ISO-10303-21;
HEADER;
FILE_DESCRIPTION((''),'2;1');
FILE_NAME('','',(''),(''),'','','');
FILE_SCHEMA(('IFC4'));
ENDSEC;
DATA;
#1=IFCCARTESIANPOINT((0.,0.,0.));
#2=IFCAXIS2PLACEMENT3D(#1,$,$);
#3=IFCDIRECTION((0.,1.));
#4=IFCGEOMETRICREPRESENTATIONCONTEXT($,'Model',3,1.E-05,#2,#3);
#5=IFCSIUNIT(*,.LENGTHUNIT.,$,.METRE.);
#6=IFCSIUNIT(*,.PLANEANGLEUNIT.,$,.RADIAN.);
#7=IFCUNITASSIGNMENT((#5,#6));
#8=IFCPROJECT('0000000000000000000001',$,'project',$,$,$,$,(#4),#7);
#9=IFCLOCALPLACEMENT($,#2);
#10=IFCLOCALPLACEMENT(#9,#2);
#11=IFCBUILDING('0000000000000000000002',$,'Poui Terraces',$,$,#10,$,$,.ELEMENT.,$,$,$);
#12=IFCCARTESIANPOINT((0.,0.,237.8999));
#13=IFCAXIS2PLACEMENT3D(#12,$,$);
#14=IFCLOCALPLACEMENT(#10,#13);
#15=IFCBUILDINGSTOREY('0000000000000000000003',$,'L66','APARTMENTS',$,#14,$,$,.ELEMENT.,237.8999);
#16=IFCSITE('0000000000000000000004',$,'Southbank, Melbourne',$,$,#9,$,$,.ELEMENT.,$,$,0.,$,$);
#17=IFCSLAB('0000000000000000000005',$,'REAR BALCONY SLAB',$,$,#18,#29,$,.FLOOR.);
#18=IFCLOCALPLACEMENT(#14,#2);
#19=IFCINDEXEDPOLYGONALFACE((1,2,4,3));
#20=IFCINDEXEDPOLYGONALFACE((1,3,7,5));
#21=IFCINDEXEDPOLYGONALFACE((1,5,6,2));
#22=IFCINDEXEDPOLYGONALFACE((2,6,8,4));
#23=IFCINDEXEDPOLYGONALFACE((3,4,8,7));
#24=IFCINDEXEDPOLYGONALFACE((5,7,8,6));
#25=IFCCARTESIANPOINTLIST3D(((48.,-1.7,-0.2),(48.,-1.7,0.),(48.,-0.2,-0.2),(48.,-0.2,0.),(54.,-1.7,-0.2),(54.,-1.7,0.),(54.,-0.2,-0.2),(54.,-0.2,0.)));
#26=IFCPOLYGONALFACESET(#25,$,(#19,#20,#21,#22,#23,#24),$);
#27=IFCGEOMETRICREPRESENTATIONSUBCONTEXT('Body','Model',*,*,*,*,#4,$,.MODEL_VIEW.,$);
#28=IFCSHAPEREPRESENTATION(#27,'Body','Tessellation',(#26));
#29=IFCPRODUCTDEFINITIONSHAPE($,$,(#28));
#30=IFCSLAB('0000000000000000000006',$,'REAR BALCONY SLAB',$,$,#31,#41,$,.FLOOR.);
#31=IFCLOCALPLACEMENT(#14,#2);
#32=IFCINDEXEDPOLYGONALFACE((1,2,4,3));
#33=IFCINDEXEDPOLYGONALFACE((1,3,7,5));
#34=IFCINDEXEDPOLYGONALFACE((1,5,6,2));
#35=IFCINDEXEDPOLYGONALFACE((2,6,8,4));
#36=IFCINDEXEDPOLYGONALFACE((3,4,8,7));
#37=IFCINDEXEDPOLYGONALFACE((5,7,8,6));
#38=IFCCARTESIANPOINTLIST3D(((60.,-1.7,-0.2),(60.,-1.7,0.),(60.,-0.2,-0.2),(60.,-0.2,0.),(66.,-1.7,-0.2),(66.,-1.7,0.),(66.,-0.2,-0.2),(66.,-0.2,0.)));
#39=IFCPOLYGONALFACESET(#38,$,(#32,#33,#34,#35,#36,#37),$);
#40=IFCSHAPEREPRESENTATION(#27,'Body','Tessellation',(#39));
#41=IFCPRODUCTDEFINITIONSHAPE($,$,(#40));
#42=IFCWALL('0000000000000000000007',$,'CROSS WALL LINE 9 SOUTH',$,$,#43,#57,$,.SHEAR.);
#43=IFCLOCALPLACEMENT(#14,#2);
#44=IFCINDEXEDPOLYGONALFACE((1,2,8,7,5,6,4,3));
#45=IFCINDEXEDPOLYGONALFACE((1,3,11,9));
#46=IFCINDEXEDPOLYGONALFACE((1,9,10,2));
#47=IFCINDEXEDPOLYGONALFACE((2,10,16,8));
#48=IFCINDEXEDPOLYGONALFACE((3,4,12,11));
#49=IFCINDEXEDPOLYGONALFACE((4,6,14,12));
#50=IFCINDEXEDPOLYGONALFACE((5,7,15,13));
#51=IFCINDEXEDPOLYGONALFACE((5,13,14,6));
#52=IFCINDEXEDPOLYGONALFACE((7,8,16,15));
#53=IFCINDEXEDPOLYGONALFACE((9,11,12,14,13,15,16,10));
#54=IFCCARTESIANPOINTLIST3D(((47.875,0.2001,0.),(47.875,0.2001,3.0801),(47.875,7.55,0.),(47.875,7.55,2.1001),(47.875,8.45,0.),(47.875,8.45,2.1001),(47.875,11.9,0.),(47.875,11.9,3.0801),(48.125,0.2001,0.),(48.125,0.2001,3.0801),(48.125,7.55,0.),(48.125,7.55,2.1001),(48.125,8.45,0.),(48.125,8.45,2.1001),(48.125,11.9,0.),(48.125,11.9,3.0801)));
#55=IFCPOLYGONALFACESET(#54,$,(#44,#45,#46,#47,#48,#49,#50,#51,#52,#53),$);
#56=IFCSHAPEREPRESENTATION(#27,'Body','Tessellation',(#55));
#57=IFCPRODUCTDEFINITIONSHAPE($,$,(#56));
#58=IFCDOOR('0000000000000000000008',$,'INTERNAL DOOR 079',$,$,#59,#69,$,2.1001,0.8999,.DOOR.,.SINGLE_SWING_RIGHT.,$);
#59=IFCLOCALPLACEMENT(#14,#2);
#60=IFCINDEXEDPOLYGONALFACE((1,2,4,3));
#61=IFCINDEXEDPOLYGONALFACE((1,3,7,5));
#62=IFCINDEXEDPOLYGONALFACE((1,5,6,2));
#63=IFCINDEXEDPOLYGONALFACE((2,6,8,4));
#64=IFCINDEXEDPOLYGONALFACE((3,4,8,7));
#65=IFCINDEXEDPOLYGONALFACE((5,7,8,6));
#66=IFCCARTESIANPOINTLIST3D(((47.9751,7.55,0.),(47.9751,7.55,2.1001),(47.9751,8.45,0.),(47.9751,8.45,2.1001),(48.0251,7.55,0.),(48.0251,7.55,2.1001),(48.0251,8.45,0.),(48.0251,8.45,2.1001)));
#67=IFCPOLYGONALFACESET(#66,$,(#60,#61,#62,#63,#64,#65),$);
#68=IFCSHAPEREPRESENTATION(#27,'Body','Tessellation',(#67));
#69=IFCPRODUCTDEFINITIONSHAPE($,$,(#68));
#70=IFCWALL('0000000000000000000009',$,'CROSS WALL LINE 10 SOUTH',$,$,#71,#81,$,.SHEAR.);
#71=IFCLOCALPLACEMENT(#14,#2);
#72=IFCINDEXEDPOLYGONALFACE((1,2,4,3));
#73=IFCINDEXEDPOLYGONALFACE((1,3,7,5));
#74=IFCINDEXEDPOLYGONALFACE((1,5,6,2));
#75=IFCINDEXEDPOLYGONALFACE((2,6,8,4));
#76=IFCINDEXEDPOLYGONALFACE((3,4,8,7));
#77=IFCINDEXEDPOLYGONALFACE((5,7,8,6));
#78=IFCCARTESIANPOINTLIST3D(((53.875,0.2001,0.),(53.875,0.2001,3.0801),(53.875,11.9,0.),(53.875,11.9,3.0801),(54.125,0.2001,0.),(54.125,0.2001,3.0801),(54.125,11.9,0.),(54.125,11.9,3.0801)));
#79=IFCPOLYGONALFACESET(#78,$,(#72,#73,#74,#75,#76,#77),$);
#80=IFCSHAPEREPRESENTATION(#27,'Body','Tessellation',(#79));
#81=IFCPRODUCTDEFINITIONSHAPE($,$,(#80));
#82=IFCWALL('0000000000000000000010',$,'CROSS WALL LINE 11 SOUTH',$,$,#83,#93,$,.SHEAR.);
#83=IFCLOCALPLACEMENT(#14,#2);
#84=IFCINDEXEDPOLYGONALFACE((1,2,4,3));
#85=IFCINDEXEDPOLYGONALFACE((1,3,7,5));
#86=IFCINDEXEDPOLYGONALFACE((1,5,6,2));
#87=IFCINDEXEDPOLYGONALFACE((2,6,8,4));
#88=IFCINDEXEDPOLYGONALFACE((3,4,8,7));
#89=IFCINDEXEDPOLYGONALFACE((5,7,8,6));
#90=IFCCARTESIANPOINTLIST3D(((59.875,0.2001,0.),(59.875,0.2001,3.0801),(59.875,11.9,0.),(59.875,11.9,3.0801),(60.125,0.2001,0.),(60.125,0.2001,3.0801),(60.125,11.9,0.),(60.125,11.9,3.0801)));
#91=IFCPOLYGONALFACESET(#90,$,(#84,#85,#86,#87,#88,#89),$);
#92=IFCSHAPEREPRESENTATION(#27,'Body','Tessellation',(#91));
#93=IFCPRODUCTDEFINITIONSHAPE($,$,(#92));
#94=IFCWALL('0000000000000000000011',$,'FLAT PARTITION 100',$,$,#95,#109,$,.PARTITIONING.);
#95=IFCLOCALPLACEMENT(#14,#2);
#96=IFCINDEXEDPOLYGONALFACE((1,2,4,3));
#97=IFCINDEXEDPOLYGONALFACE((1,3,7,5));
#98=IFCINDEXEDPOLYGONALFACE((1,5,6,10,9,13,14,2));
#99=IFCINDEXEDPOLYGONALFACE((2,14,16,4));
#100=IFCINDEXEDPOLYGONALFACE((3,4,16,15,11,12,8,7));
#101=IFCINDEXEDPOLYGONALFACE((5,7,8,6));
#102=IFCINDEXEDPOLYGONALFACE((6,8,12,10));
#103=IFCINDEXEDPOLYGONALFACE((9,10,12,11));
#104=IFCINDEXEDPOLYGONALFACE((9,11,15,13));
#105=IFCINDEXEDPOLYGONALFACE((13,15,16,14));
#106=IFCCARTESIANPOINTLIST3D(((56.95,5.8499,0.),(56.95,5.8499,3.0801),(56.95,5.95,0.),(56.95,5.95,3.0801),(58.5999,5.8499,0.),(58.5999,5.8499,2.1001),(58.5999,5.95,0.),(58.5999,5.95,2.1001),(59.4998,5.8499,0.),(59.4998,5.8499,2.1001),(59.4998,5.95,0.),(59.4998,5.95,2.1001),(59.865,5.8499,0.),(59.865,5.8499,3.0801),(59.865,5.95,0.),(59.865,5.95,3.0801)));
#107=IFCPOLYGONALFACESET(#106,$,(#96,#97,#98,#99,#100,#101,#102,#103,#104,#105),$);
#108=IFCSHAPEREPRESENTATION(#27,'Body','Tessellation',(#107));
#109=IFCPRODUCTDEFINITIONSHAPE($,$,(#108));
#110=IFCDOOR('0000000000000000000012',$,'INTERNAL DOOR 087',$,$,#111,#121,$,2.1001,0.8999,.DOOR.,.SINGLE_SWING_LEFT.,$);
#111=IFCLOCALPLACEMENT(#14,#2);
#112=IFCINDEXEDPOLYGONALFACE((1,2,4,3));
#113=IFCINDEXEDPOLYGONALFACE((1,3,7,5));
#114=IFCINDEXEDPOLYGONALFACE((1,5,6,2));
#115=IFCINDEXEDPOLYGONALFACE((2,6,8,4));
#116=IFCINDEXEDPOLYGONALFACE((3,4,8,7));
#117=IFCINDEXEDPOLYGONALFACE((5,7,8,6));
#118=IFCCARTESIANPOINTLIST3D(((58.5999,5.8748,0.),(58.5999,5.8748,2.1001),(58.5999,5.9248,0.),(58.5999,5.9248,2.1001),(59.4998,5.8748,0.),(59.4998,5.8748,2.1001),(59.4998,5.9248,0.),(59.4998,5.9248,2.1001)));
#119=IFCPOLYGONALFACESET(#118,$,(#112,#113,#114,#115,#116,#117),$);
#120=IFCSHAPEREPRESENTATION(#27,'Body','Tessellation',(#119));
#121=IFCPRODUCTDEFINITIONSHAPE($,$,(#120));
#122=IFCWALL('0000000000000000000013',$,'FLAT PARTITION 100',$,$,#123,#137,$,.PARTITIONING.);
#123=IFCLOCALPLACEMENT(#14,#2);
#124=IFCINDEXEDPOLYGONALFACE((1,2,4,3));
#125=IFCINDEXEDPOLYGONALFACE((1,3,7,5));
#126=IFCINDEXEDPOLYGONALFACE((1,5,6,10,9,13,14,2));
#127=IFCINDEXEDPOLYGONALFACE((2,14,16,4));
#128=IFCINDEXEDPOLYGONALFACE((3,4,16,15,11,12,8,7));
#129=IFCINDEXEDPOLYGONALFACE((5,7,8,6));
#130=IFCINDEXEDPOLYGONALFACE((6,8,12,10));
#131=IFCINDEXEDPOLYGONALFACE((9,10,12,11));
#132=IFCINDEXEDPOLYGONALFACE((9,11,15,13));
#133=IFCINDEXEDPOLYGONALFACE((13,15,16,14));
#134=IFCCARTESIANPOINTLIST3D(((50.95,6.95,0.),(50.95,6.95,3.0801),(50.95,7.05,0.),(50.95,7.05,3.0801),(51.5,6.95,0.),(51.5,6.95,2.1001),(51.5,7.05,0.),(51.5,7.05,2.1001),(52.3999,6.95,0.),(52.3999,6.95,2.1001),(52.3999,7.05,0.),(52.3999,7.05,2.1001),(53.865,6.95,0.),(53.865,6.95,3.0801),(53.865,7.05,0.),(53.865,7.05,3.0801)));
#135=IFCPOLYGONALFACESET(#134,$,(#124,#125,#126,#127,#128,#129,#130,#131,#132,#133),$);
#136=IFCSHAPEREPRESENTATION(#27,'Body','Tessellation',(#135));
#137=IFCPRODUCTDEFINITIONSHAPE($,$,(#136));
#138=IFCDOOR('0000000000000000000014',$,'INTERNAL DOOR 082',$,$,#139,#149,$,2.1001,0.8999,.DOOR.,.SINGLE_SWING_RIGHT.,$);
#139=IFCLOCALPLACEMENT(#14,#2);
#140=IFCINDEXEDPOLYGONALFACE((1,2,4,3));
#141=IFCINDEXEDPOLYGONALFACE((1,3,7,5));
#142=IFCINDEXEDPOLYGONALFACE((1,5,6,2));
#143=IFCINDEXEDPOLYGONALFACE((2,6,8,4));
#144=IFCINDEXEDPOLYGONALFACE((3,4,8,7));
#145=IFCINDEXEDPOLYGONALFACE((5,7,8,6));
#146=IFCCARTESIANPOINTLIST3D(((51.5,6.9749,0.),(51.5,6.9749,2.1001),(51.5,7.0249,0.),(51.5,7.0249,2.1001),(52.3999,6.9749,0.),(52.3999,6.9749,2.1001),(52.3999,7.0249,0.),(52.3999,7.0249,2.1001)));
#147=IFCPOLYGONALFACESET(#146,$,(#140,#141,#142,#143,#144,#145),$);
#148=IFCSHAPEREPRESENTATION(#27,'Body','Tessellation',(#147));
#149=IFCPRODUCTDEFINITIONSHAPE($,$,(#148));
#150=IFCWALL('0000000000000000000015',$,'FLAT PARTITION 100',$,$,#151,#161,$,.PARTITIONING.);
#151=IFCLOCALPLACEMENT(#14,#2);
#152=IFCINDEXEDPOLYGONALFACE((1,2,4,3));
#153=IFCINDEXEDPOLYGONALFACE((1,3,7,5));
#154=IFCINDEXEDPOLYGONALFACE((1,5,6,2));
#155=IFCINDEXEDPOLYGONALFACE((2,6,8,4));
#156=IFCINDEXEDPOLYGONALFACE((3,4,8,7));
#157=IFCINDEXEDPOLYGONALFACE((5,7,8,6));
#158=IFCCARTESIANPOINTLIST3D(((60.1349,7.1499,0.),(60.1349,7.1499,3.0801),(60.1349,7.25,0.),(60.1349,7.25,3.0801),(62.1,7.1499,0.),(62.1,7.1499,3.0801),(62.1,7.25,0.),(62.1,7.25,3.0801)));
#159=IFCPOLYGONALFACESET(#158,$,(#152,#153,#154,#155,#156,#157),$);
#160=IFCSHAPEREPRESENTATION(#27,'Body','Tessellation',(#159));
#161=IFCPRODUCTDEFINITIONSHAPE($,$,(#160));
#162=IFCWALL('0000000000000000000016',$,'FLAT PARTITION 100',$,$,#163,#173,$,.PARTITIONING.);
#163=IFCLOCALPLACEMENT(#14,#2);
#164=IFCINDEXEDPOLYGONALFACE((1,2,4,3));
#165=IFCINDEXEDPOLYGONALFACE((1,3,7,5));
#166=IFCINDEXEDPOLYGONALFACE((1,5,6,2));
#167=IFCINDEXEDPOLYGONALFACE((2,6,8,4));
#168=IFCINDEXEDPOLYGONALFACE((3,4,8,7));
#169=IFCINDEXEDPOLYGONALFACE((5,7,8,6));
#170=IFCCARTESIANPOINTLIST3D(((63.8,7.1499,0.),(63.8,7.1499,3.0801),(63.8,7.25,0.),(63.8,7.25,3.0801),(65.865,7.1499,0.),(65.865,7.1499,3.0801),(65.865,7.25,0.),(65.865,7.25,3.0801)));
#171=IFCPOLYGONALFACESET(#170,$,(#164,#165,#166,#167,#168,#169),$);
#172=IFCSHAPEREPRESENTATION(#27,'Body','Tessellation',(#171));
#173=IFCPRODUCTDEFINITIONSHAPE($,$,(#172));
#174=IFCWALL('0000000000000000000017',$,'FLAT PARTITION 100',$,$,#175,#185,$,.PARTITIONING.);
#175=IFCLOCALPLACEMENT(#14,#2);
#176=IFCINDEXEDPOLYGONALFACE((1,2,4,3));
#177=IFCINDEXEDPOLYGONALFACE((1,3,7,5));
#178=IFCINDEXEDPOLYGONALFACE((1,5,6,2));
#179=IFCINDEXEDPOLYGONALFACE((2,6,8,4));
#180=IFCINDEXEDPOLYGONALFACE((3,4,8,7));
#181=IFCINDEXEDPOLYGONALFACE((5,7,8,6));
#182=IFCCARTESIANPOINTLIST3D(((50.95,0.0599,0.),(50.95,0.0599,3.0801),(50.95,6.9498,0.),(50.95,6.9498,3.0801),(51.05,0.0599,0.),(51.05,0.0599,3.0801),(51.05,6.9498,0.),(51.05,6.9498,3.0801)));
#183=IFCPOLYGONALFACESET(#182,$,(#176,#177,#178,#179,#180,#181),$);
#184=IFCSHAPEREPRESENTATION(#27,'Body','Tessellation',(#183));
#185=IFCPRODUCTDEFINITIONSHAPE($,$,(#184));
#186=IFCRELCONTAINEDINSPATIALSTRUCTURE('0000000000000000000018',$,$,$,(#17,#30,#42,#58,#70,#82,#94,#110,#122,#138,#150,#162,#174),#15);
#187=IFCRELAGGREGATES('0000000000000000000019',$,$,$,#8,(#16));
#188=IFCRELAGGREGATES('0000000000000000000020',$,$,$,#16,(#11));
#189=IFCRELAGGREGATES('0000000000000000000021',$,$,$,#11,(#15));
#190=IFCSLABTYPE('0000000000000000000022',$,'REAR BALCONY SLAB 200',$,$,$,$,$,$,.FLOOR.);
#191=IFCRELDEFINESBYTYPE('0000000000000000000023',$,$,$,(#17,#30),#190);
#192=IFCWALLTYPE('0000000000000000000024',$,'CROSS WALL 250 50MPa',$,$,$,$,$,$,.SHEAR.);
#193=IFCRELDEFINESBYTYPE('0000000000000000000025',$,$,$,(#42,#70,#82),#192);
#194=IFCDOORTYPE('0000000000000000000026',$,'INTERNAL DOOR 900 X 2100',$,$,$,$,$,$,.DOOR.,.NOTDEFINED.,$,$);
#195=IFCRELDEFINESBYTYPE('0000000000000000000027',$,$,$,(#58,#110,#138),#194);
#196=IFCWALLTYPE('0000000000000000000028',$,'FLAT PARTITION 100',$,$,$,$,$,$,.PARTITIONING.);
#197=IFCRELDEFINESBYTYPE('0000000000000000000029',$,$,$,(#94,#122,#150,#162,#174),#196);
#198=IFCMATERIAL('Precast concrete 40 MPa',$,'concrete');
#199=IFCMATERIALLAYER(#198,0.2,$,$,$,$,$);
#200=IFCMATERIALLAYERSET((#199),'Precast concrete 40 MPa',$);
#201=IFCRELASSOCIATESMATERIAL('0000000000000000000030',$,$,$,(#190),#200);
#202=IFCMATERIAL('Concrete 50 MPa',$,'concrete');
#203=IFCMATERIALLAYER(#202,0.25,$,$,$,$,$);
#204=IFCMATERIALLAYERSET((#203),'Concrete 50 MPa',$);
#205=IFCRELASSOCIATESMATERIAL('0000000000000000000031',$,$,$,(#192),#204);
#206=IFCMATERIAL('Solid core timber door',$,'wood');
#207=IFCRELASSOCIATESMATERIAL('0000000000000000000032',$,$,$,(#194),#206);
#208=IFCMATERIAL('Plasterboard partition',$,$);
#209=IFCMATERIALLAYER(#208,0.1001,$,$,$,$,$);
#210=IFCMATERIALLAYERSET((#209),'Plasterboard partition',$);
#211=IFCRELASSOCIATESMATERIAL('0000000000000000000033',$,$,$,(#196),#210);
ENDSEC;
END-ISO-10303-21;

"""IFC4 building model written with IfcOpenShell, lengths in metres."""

from ifc_helpers import new_model, si_unit, direction, frame, frame_2d, origin, place, context, subcontext, project, spatial, polyline, rectangle, outline, extrude, source, transform, mapped, material, layer, layer_set, type_object, element, fill, save


model = new_model("IFC4")

# Units and contexts
model_context = context("Model", 3, precision=1e-05, world=origin(), true_north=direction((0.0, 1.0)))
body_context = subcontext(model_context, "Body", "Model", "MODEL_VIEW")
ifc_project = project(units=[si_unit("LENGTHUNIT", "METRE"), si_unit("PLANEANGLEUNIT", "RADIAN")], contexts=[model_context])

# Site, building, storey
site_placement = place(None, origin())
site = spatial("IfcSite", under=ifc_project, at=site_placement, Name="Southbank, Melbourne", CompositionType="ELEMENT", RefElevation=0.0)
building_placement = place(site_placement, origin())
building = spatial("IfcBuilding", under=site, at=building_placement, Name="Poui Terraces", CompositionType="ELEMENT")
storey_placement = place(building_placement, frame((0.0, 0.0, 237.8999)))
storey = spatial("IfcBuildingStorey", under=building, at=storey_placement, Name="L66", Description="APARTMENTS", CompositionType="ELEMENT", Elevation=237.8999)

# Slabs
ifc_material_1 = material(Name="Precast concrete 40 MPa", Category="concrete")
ifc_layer_1 = layer(ifc_material_1, 0.2)
ifc_layer_set_1 = layer_set([ifc_layer_1], Name="Precast concrete 40 MPa")
slab_type = type_object("IfcSlabType", Name="REAR BALCONY SLAB 200", PredefinedType="FLOOR", material=ifc_layer_set_1)
shared_shape_1 = source(origin(), body_context, "Body", "SweptSolid", [
    extrude(outline(polyline([(0.0, 0.0), (6.0, 0.0), (6.0, 1.5), (0.0, 1.5), (0.0, 0.0)])), origin(), (0.0, 0.0, 1.0), 0.2),
])
for number, where, name in (
    (1, (48.0, -1.7, -0.2), "REAR BALCONY SLAB"),
    (2, (60.0, -1.7, -0.2), "REAR BALCONY SLAB"),
):
    element("IfcSlab", number, at=place(storey_placement, frame(where)), inside=storey, type_object=slab_type, Name=name, PredefinedType="FLOOR", context=body_context, shape_type="MappedRepresentation", body=[
        mapped(shared_shape_1, transform((0.0, 0.0, 0.0))),
    ])

# Wall, opening, door
ifc_material_2 = material(Name="Concrete 50 MPa", Category="concrete")
ifc_layer_2 = layer(ifc_material_2, 0.25)
ifc_layer_set_2 = layer_set([ifc_layer_2], Name="Concrete 50 MPa")
wall_type_1 = type_object("IfcWallType", Name="CROSS WALL 250 50MPa", PredefinedType="SHEAR", material=ifc_layer_set_2)
wall_1_placement = place(storey_placement, frame((48.0, 0.2, 0.0), z_axis=(0.0, 0.0, 1.0), x_axis=(0.0, 1.0, 0.0)))
wall_1 = element("IfcWall", 3, at=wall_1_placement, inside=storey, type_object=wall_type_1, Name="CROSS WALL LINE 9 SOUTH", PredefinedType="SHEAR", context=body_context, shape_type="SweptSolid", body=[
    extrude(rectangle(XDim=11.7, YDim=0.25, at=frame_2d((5.8501, 0.0))), origin(), (0.0, 0.0, 1.0), 3.0801),
])
opening_1_placement = place(wall_1_placement, frame((7.3501, 0.0, 0.0)))
opening_1 = element("IfcOpeningElement", 4, at=opening_1_placement, cuts=wall_1, PredefinedType="OPENING", context=body_context, shape_type="SweptSolid", body=[
    extrude(rectangle(XDim=0.8999, YDim=2.1001, at=frame_2d((0.45, 1.05))), frame((0.0, 0.135, 0.0), z_axis=(0.0, -1.0, 0.0), x_axis=(1.0, 0.0, 0.0)), (0.0, 0.0, 1.0), 0.27),
])
ifc_material_3 = material(Name="Solid core timber door", Category="wood")
door_type_1 = type_object("IfcDoorType", Name="INTERNAL DOOR 900 X 2100", OperationType="NOTDEFINED", PredefinedType="DOOR", material=ifc_material_3)
door_1_placement = place(opening_1_placement, origin())
door_1 = element("IfcDoor", 5, at=door_1_placement, inside=storey, type_object=door_type_1, Name="INTERNAL DOOR 079", OperationType="SINGLE_SWING_RIGHT", OverallHeight=2.1001, OverallWidth=0.8999, PredefinedType="DOOR", context=body_context, shape_type="SweptSolid", body=[
    extrude(rectangle(XDim=0.8999, YDim=2.1001, at=frame_2d((0.45, 1.05))), frame((0.0, 0.0249, 0.0), z_axis=(0.0, -1.0, 0.0), x_axis=(1.0, 0.0, 0.0)), (0.0, 0.0, 1.0), 0.05),
])
fill(opening_1, door_1)

# Walls
for number, where, z_axis, x_axis, name in (
    (6, (54.0, 0.2, 0.0), (0.0, 0.0, 1.0), (0.0, 1.0, 0.0), "CROSS WALL LINE 10 SOUTH"),
    (7, (60.0, 0.2, 0.0), (0.0, 0.0, 1.0), (0.0, 1.0, 0.0), "CROSS WALL LINE 11 SOUTH"),
):
    element("IfcWall", number, at=place(storey_placement, frame(where, z_axis=z_axis, x_axis=x_axis)), inside=storey, type_object=wall_type_1, Name=name, PredefinedType="SHEAR", context=body_context, shape_type="SweptSolid", body=[
        extrude(rectangle(XDim=11.7, YDim=0.25, at=frame_2d((5.8501, 0.0))), origin(), (0.0, 0.0, 1.0), 3.0801),
    ])

# Walls, openings, doors
ifc_material_4 = material(Name="Plasterboard partition")
ifc_layer_3 = layer(ifc_material_4, 0.1001)
ifc_layer_set_3 = layer_set([ifc_layer_3], Name="Plasterboard partition")
wall_type_2 = type_object("IfcWallType", Name="FLAT PARTITION 100", PredefinedType="PARTITIONING", material=ifc_layer_set_3)
wall_2_placement = place(storey_placement, frame((56.95, 5.8999, 0.0), z_axis=(0.0, 0.0, 1.0), x_axis=(1.0, 0.0, 0.0)))
wall_2 = element("IfcWall", 8, at=wall_2_placement, inside=storey, type_object=wall_type_2, Name="FLAT PARTITION 100", PredefinedType="PARTITIONING", context=body_context, shape_type="SweptSolid", body=[
    extrude(rectangle(XDim=2.915, YDim=0.1001, at=frame_2d((1.4575, 0.0))), origin(), (0.0, 0.0, 1.0), 3.0801),
])
opening_2_placement = place(wall_2_placement, frame((1.6499, 0.0, 0.0)))
opening_2 = element("IfcOpeningElement", 9, at=opening_2_placement, cuts=wall_2, PredefinedType="OPENING", context=body_context, shape_type="SweptSolid", body=[
    extrude(rectangle(XDim=0.8999, YDim=2.1001, at=frame_2d((0.45, 1.05))), frame((0.0, 0.0601, 0.0), z_axis=(0.0, -1.0, 0.0), x_axis=(1.0, 0.0, 0.0)), (0.0, 0.0, 1.0), 0.1201),
])
door_2_placement = place(opening_2_placement, origin())
door_2 = element("IfcDoor", 10, at=door_2_placement, inside=storey, type_object=door_type_1, Name="INTERNAL DOOR 087", OperationType="SINGLE_SWING_LEFT", OverallHeight=2.1001, OverallWidth=0.8999, PredefinedType="DOOR", context=body_context, shape_type="SweptSolid", body=[
    extrude(rectangle(XDim=0.8999, YDim=2.1001, at=frame_2d((0.45, 1.05))), frame((0.0, 0.0249, 0.0), z_axis=(0.0, -1.0, 0.0), x_axis=(1.0, 0.0, 0.0)), (0.0, 0.0, 1.0), 0.05),
])
fill(opening_2, door_2)
wall_3_placement = place(storey_placement, frame((50.95, 7.0, 0.0), z_axis=(0.0, 0.0, 1.0), x_axis=(1.0, 0.0, 0.0)))
wall_3 = element("IfcWall", 11, at=wall_3_placement, inside=storey, type_object=wall_type_2, Name="FLAT PARTITION 100", PredefinedType="PARTITIONING", context=body_context, shape_type="SweptSolid", body=[
    extrude(rectangle(XDim=2.915, YDim=0.1001, at=frame_2d((1.4575, 0.0))), origin(), (0.0, 0.0, 1.0), 3.0801),
])
opening_3_placement = place(wall_3_placement, frame((0.55, 0.0, 0.0)))
opening_3 = element("IfcOpeningElement", 12, at=opening_3_placement, cuts=wall_3, PredefinedType="OPENING", context=body_context, shape_type="SweptSolid", body=[
    extrude(rectangle(XDim=0.8999, YDim=2.1001, at=frame_2d((0.45, 1.05))), frame((0.0, 0.0601, 0.0), z_axis=(0.0, -1.0, 0.0), x_axis=(1.0, 0.0, 0.0)), (0.0, 0.0, 1.0), 0.1201),
])
door_3_placement = place(opening_3_placement, origin())
door_3 = element("IfcDoor", 13, at=door_3_placement, inside=storey, type_object=door_type_1, Name="INTERNAL DOOR 082", OperationType="SINGLE_SWING_RIGHT", OverallHeight=2.1001, OverallWidth=0.8999, PredefinedType="DOOR", context=body_context, shape_type="SweptSolid", body=[
    extrude(rectangle(XDim=0.8999, YDim=2.1001, at=frame_2d((0.45, 1.05))), frame((0.0, 0.0249, 0.0), z_axis=(0.0, -1.0, 0.0), x_axis=(1.0, 0.0, 0.0)), (0.0, 0.0, 1.0), 0.05),
])
fill(opening_3, door_3)

# Walls
wall_4_placement = place(storey_placement, frame((60.135, 7.2, 0.0), z_axis=(0.0, 0.0, 1.0), x_axis=(1.0, 0.0, 0.0)))
element("IfcWall", 14, at=wall_4_placement, inside=storey, type_object=wall_type_2, Name="FLAT PARTITION 100", PredefinedType="PARTITIONING", context=body_context, shape_type="SweptSolid", body=[
    extrude(rectangle(XDim=1.9651, YDim=0.1001, at=frame_2d((0.9824, 0.0))), origin(), (0.0, 0.0, 1.0), 3.0801),
])
wall_5_placement = place(storey_placement, frame((63.8, 7.2, 0.0), z_axis=(0.0, 0.0, 1.0), x_axis=(1.0, 0.0, 0.0)))
element("IfcWall", 15, at=wall_5_placement, inside=storey, type_object=wall_type_2, Name="FLAT PARTITION 100", PredefinedType="PARTITIONING", context=body_context, shape_type="SweptSolid", body=[
    extrude(rectangle(XDim=2.0649, YDim=0.1001, at=frame_2d((1.0325, 0.0))), origin(), (0.0, 0.0, 1.0), 3.0801),
])
wall_6_placement = place(storey_placement, frame((51.0, 0.0601, 0.0), z_axis=(0.0, 0.0, 1.0), x_axis=(0.0, 1.0, 0.0)))
element("IfcWall", 16, at=wall_6_placement, inside=storey, type_object=wall_type_2, Name="FLAT PARTITION 100", PredefinedType="PARTITIONING", context=body_context, shape_type="SweptSolid", body=[
    extrude(rectangle(XDim=6.8899, YDim=0.1001, at=frame_2d((3.4448, 0.0))), origin(), (0.0, 0.0, 1.0), 3.0801),
])

save(model, "model.ifc")
